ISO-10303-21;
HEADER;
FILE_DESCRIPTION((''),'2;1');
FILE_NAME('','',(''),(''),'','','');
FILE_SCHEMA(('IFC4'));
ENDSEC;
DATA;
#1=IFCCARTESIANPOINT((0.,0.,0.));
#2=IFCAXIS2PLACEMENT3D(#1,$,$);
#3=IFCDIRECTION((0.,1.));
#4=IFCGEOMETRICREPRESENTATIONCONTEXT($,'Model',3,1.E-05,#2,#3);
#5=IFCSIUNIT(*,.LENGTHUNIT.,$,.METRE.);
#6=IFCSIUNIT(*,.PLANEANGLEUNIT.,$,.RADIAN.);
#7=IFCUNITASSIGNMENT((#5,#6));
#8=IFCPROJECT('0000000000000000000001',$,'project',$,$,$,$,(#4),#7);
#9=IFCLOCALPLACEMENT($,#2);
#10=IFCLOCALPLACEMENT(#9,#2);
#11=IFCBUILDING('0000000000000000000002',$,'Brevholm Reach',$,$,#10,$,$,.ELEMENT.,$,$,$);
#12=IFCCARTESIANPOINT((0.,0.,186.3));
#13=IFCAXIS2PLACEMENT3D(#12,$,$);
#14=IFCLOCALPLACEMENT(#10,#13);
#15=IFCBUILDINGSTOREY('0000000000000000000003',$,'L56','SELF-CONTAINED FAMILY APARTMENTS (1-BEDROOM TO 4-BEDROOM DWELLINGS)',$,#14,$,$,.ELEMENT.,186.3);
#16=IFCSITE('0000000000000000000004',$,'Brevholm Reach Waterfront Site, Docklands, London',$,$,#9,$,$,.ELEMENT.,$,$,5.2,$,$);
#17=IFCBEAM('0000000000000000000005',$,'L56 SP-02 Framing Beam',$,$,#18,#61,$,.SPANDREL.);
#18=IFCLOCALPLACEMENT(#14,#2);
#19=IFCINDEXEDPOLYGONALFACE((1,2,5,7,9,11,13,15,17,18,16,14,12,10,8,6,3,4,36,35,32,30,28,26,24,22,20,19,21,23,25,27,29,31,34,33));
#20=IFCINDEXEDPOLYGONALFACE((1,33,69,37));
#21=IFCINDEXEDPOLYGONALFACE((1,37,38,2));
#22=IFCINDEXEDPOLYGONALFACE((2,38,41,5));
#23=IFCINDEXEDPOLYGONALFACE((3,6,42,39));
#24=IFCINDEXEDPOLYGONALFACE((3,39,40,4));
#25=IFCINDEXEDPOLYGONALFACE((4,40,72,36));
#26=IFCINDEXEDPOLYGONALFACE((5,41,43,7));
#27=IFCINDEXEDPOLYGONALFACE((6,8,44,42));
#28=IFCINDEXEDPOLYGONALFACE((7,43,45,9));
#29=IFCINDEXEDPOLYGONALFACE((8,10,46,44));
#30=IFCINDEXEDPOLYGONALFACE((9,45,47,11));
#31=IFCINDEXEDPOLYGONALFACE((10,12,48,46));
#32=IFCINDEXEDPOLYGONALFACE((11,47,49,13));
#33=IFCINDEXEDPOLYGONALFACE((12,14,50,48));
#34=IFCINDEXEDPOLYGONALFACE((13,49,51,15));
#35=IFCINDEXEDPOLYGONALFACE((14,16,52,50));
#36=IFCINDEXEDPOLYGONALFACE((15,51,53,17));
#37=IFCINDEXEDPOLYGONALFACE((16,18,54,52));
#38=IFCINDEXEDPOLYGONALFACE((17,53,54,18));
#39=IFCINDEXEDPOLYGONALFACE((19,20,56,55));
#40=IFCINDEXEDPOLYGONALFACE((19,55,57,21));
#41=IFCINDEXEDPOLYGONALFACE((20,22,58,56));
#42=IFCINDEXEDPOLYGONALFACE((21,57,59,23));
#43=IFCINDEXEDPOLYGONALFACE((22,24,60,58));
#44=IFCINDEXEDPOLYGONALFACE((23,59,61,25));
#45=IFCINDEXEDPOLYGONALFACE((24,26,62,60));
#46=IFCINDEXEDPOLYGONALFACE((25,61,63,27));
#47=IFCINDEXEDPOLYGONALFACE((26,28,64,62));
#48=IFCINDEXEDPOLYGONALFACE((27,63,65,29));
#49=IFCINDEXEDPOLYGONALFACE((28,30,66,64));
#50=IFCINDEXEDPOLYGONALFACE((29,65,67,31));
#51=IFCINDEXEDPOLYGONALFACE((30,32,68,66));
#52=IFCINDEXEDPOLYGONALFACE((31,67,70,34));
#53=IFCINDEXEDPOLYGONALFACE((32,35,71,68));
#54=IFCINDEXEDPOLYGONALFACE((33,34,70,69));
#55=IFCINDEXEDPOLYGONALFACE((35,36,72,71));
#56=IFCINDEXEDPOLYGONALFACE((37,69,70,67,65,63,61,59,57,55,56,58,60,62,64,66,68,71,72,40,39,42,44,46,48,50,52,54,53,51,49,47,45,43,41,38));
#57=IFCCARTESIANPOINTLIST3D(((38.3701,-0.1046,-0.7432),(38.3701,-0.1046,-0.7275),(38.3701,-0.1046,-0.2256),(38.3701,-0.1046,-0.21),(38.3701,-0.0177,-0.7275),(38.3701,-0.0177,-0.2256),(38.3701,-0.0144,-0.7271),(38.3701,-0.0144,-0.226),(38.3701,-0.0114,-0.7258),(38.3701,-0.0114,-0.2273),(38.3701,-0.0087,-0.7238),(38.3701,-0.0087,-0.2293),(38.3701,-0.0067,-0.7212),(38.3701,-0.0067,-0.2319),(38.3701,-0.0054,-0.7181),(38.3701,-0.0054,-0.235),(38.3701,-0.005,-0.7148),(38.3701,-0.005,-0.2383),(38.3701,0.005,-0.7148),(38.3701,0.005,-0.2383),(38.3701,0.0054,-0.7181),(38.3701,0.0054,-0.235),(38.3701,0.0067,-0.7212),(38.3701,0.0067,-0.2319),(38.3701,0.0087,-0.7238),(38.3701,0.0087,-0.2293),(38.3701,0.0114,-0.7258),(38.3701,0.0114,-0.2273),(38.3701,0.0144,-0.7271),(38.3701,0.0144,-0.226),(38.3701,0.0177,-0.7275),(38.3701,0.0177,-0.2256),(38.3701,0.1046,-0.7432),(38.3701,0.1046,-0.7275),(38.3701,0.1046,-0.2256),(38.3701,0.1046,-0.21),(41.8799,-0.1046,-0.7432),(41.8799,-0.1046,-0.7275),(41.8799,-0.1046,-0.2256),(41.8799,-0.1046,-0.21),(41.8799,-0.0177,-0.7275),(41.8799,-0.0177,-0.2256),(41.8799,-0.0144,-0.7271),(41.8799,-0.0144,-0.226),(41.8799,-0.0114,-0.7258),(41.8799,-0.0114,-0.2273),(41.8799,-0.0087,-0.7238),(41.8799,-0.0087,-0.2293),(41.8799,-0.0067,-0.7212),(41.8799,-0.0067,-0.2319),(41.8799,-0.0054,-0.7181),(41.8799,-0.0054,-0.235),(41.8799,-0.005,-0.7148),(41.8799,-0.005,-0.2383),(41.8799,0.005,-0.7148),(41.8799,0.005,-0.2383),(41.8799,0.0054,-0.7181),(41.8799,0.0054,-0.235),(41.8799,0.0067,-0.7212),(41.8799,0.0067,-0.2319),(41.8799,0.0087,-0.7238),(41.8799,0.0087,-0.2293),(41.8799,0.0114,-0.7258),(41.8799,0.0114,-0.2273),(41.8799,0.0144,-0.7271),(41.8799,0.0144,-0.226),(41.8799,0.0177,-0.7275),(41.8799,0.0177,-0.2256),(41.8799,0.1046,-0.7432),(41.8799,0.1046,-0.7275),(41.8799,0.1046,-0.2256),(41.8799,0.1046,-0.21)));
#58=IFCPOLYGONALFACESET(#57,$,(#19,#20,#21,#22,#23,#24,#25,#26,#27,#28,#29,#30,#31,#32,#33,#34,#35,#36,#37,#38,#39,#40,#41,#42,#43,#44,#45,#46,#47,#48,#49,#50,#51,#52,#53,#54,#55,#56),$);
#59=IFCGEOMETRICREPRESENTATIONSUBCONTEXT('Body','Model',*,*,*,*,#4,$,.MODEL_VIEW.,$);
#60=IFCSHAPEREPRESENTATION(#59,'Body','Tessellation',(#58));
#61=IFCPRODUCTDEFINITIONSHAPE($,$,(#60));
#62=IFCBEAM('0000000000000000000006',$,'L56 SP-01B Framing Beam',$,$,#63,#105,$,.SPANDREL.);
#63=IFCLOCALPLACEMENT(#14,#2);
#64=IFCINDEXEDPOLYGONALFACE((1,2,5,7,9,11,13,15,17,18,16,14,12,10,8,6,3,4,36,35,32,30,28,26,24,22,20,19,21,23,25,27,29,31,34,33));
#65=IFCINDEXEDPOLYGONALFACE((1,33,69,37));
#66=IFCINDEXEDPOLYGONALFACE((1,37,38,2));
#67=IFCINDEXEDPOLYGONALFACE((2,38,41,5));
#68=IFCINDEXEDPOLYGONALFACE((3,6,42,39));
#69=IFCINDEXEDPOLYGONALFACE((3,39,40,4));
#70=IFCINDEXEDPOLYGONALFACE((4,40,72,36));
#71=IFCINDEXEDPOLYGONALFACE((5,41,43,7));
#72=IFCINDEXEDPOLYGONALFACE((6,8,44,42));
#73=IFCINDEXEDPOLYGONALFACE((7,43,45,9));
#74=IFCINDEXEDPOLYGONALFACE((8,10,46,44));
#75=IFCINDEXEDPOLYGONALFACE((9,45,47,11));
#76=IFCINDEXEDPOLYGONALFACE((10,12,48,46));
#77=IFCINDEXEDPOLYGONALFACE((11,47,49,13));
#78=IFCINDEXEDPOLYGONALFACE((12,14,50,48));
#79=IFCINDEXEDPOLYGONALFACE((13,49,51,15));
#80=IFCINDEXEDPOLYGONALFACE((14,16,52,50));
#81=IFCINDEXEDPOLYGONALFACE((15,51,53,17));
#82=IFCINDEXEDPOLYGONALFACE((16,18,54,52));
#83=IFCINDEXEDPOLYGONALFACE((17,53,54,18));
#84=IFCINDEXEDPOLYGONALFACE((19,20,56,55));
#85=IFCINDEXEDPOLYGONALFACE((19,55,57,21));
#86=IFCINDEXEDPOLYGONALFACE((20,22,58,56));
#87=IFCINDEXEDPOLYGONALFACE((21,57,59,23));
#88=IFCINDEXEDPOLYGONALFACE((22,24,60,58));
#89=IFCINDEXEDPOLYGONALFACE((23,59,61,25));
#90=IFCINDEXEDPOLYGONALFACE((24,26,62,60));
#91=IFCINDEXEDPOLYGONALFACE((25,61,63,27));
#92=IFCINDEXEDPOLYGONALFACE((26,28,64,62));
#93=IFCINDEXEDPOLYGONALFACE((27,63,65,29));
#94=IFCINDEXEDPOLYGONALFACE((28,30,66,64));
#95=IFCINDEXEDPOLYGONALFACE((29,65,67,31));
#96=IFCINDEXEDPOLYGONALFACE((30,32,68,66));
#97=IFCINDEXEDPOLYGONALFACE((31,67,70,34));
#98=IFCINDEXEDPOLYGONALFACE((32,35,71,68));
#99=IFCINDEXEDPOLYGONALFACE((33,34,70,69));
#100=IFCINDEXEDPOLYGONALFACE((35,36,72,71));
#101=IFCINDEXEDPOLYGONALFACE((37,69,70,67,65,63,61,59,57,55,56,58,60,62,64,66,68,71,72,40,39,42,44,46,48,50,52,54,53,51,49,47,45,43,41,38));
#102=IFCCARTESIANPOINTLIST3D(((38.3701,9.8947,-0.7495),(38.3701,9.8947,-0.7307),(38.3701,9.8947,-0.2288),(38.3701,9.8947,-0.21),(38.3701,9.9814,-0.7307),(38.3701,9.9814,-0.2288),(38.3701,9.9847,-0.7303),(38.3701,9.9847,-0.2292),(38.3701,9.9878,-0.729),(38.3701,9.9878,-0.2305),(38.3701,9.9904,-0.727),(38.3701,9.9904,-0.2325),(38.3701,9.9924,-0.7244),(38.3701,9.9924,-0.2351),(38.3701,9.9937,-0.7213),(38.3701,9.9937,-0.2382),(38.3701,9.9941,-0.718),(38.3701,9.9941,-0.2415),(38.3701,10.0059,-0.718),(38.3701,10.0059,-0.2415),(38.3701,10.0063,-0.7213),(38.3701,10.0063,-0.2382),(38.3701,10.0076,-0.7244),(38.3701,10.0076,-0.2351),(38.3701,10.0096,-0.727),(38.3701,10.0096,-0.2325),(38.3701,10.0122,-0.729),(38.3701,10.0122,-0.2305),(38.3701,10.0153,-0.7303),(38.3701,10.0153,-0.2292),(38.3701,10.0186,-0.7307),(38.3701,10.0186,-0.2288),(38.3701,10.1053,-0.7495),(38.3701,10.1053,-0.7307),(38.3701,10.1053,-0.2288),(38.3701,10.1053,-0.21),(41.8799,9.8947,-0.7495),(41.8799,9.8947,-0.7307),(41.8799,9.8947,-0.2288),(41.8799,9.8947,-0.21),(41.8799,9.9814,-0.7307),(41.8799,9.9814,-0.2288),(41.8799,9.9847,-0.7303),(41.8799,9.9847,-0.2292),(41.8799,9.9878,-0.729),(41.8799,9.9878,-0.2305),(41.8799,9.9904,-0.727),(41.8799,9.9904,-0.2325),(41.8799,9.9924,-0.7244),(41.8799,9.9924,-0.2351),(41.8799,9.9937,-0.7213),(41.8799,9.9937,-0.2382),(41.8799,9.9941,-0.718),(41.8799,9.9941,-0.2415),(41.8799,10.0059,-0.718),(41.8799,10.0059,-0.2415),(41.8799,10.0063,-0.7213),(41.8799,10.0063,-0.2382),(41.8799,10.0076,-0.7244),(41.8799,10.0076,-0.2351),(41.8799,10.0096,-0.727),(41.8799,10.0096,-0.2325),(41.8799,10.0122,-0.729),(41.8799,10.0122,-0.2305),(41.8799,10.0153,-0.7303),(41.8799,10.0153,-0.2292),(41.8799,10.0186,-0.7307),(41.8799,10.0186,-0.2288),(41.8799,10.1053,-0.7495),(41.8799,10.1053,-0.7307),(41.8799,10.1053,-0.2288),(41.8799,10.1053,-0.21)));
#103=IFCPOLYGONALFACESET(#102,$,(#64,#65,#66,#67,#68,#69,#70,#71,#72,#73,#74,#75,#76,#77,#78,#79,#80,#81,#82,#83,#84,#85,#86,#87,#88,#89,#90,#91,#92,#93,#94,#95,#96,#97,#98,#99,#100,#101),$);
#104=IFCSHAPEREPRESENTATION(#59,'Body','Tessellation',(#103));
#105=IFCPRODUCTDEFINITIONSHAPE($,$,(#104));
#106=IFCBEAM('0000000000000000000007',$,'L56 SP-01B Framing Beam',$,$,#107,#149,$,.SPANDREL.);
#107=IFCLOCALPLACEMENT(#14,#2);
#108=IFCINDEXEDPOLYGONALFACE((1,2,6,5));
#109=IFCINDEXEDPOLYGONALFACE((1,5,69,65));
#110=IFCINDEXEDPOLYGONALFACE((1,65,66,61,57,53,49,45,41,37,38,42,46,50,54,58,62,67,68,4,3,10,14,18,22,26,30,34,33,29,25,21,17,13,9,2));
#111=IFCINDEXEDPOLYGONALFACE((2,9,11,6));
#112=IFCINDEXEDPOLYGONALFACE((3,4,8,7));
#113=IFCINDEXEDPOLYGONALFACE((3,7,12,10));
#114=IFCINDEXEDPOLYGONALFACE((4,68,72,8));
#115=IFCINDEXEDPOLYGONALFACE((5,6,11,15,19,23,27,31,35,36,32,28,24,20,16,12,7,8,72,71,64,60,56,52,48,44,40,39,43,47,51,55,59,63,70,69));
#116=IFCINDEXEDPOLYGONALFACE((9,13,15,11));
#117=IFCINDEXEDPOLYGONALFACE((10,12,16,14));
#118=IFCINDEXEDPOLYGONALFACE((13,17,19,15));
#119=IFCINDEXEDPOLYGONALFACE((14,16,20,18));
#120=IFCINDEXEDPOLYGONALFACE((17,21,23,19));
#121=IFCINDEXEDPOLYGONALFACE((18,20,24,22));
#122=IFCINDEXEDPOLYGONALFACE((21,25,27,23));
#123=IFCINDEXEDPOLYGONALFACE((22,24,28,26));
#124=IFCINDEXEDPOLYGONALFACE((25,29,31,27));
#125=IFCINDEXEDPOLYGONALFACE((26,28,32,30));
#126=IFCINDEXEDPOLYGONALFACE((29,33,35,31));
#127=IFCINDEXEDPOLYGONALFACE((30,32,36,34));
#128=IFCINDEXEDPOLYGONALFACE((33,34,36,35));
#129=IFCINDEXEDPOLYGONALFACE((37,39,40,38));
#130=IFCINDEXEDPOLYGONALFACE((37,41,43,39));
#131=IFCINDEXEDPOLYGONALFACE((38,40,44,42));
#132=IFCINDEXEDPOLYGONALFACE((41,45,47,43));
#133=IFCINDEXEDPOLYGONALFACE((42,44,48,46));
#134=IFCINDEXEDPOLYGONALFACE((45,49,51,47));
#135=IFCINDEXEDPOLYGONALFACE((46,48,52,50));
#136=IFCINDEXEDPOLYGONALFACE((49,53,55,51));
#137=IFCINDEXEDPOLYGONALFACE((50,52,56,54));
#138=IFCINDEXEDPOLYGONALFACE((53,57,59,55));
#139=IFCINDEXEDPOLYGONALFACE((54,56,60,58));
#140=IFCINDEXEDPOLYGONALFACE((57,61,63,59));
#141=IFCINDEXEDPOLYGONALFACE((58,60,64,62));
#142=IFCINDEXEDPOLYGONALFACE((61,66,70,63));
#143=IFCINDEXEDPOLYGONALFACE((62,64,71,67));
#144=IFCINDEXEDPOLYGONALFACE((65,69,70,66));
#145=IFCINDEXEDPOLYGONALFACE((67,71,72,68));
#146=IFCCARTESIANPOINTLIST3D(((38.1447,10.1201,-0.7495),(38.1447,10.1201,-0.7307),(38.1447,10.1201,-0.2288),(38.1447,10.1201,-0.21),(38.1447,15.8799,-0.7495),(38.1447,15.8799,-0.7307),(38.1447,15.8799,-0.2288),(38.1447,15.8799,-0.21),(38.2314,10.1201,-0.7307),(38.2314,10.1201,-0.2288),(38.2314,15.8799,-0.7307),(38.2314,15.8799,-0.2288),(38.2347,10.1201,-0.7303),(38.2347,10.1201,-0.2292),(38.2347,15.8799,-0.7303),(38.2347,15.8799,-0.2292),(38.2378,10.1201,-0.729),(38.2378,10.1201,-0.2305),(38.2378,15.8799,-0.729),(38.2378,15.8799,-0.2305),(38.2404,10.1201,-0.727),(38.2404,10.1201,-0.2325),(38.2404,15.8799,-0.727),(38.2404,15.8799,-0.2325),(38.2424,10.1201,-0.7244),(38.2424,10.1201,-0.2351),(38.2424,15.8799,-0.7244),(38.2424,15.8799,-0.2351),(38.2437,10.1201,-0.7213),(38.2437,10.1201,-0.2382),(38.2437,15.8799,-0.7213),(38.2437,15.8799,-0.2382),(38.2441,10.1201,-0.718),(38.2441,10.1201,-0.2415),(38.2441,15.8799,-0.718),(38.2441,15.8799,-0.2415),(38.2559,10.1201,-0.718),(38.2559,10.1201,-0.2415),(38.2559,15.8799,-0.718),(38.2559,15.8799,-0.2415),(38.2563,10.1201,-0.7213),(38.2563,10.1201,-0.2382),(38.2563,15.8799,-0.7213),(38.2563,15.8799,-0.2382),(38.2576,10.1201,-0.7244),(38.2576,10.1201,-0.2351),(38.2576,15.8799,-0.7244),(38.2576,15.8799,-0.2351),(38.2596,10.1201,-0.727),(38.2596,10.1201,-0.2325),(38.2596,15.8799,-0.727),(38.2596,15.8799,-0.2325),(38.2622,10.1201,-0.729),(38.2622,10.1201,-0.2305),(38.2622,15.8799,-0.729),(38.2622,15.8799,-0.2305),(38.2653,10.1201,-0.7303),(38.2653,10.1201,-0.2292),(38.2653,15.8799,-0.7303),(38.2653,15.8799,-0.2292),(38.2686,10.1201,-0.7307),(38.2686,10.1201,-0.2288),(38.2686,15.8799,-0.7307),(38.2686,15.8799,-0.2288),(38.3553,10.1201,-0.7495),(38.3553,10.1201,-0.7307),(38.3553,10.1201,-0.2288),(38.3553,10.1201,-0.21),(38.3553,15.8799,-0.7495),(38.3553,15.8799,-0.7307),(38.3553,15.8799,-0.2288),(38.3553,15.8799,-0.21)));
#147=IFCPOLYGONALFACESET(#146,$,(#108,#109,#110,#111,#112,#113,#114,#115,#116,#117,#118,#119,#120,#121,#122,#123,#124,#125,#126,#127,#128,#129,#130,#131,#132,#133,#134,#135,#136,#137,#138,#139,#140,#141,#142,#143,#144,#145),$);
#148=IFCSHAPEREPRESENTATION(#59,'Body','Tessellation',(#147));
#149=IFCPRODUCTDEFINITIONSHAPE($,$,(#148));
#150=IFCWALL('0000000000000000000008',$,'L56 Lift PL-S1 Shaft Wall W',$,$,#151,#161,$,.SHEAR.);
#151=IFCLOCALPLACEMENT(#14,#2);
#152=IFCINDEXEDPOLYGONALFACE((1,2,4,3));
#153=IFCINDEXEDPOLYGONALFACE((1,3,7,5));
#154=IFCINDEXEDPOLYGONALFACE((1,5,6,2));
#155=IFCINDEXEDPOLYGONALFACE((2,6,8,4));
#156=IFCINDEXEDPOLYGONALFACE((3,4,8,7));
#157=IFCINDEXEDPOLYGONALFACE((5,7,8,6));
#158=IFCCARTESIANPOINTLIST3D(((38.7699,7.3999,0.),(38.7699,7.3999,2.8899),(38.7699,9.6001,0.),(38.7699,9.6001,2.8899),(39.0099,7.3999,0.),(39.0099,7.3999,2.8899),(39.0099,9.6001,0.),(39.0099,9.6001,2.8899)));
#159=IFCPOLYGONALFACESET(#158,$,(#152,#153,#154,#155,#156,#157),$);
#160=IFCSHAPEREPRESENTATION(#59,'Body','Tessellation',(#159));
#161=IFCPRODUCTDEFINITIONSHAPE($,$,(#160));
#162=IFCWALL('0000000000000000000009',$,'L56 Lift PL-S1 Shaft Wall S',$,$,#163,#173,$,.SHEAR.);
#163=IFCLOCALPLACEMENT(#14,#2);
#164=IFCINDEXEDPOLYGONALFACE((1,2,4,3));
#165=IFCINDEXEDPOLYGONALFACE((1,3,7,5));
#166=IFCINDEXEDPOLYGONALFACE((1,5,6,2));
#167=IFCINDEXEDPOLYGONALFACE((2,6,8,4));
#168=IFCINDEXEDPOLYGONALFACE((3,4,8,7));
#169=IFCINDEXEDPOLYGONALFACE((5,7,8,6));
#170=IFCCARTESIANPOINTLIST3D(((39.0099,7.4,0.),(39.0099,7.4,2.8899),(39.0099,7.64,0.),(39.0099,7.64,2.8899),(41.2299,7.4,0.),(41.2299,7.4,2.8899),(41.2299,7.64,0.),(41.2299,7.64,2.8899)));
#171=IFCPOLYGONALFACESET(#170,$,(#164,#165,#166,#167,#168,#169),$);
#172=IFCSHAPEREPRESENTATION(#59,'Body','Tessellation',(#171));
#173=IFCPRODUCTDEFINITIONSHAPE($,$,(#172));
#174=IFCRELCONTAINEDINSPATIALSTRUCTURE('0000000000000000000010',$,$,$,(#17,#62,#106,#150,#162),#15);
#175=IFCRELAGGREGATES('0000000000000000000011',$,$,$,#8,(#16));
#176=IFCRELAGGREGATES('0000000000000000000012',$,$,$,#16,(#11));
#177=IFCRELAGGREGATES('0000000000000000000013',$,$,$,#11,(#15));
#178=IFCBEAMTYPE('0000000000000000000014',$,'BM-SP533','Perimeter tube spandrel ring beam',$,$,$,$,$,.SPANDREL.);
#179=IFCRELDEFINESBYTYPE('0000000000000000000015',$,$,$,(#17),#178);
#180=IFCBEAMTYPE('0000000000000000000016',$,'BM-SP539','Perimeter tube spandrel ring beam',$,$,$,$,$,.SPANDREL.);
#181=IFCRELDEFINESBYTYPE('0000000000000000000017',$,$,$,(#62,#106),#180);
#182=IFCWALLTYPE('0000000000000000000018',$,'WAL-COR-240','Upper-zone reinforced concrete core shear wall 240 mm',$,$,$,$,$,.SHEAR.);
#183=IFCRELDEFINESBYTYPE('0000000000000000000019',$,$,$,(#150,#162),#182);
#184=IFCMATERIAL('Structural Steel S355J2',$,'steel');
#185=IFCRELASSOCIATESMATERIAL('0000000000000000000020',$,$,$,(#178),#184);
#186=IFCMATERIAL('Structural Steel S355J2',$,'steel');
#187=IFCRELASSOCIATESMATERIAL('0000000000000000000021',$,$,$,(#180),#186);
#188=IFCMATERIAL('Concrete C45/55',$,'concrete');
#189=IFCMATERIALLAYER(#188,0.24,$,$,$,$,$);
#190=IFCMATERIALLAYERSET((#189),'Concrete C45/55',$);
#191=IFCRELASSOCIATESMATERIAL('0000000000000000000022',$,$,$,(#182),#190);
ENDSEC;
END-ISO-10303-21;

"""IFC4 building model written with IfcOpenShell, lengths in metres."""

from ifc_helpers import new_model, si_unit, direction, frame, frame_2d, origin, origin_2d, place, context, subcontext, project, spatial, rectangle, i_section, extrude, material, layer, layer_set, material_profile, profile_set, type_object, element, save


model = new_model("IFC4")

# Units and contexts
model_context = context("Model", 3, precision=1e-05, world=origin(), true_north=direction((0.0, 1.0)))
body_context = subcontext(model_context, "Body", "Model", "MODEL_VIEW")
ifc_project = project(units=[si_unit("LENGTHUNIT", "METRE"), si_unit("PLANEANGLEUNIT", "RADIAN")], contexts=[model_context])

# Site, building, storey
site_placement = place(None, origin())
site = spatial("IfcSite", under=ifc_project, at=site_placement, Name="Brevholm Reach Waterfront Site, Docklands, London", CompositionType="ELEMENT", RefElevation=5.2)
building_placement = place(site_placement, origin())
building = spatial("IfcBuilding", under=site, at=building_placement, Name="Brevholm Reach", CompositionType="ELEMENT")
storey_placement = place(building_placement, frame((0.0, 0.0, 186.3)))
storey = spatial("IfcBuildingStorey", under=building, at=storey_placement, Name="L56", Description="SELF-CONTAINED FAMILY APARTMENTS (1-BEDROOM TO 4-BEDROOM DWELLINGS)", CompositionType="ELEMENT", Elevation=186.3)

# Beams
ifc_material_1 = material(Name="Structural Steel S355J2", Category="steel")
ifc_material_profile_1 = material_profile(ifc_material_1, i_section(OverallWidth=0.2092, OverallDepth=0.5332, WebThickness=0.01, FlangeThickness=0.0156, FilletRadius=0.0127, at=origin_2d()), Name="UKB 533x210x92")
ifc_profile_set_1 = profile_set([ifc_material_profile_1], Name="Structural Steel S355J2")
beam_type_1 = type_object("IfcBeamType", Name="BM-SP533", Description="Perimeter tube spandrel ring beam", PredefinedType="SPANDREL", material=ifc_profile_set_1)
beam_1_placement = place(storey_placement, frame((38.3701, 0.0, -0.4766), z_axis=(1.0, 0.0, 0.0), x_axis=(0.0, 1.0, 0.0)))
element("IfcBeam", 1, at=beam_1_placement, inside=storey, type_object=beam_type_1, Name="L56 SP-02 Framing Beam", PredefinedType="SPANDREL", context=body_context, shape_type="SweptSolid", body=[
    extrude(i_section(OverallWidth=0.2092, OverallDepth=0.5332, WebThickness=0.01, FlangeThickness=0.0156, FilletRadius=0.0127, at=origin_2d()), origin(), (0.0, 0.0, 1.0), 3.5098),
])
ifc_material_2 = material(Name="Structural Steel S355J2", Category="steel")
ifc_material_profile_2 = material_profile(ifc_material_2, i_section(OverallWidth=0.2107, OverallDepth=0.5396, WebThickness=0.0117, FlangeThickness=0.0188, FilletRadius=0.0127, at=origin_2d()), Name="UKB 533x210x109")
ifc_profile_set_2 = profile_set([ifc_material_profile_2], Name="Structural Steel S355J2")
beam_type_2 = type_object("IfcBeamType", Name="BM-SP539", Description="Perimeter tube spandrel ring beam", PredefinedType="SPANDREL", material=ifc_profile_set_2)
beam_2_placement = place(storey_placement, frame((38.3701, 10.0, -0.4797), z_axis=(1.0, 0.0, 0.0), x_axis=(0.0, 1.0, 0.0)))
element("IfcBeam", 2, at=beam_2_placement, inside=storey, type_object=beam_type_2, Name="L56 SP-01B Framing Beam", PredefinedType="SPANDREL", context=body_context, shape_type="SweptSolid", body=[
    extrude(i_section(OverallWidth=0.2107, OverallDepth=0.5396, WebThickness=0.0117, FlangeThickness=0.0188, FilletRadius=0.0127, at=origin_2d()), origin(), (0.0, 0.0, 1.0), 3.5098),
])
beam_3_placement = place(storey_placement, frame((38.25, 10.1201, -0.4797), z_axis=(0.0, 1.0, 0.0), x_axis=(-1.0, 0.0, 0.0)))
element("IfcBeam", 3, at=beam_3_placement, inside=storey, type_object=beam_type_2, Name="L56 SP-01B Framing Beam", PredefinedType="SPANDREL", context=body_context, shape_type="SweptSolid", body=[
    extrude(i_section(OverallWidth=0.2107, OverallDepth=0.5396, WebThickness=0.0117, FlangeThickness=0.0188, FilletRadius=0.0127, at=origin_2d()), origin(), (0.0, 0.0, 1.0), 5.7598),
])

# Walls
ifc_material_3 = material(Name="Concrete C45/55", Category="concrete")
ifc_layer_1 = layer(ifc_material_3, 0.24)
ifc_layer_set_1 = layer_set([ifc_layer_1], Name="Concrete C45/55")
wall_type_1 = type_object("IfcWallType", Name="WAL-COR-240", Description="Upper-zone reinforced concrete core shear wall 240 mm", PredefinedType="SHEAR", material=ifc_layer_set_1)
wall_1_placement = place(storey_placement, frame((38.8899, 7.3999, 0.0), z_axis=(0.0, 0.0, 1.0), x_axis=(0.0, 1.0, 0.0)))
element("IfcWall", 4, at=wall_1_placement, inside=storey, type_object=wall_type_1, Name="L56 Lift PL-S1 Shaft Wall W", PredefinedType="SHEAR", context=body_context, shape_type="SweptSolid", body=[
    extrude(rectangle(XDim=2.2002, YDim=0.24, at=frame_2d((1.1001, 0.0))), origin(), (0.0, 0.0, 1.0), 2.8899),
])
wall_2_placement = place(storey_placement, frame((39.01, 7.52, 0.0), z_axis=(0.0, 0.0, 1.0), x_axis=(1.0, 0.0, 0.0)))
element("IfcWall", 5, at=wall_2_placement, inside=storey, type_object=wall_type_1, Name="L56 Lift PL-S1 Shaft Wall S", PredefinedType="SHEAR", context=body_context, shape_type="SweptSolid", body=[
    extrude(rectangle(XDim=2.22, YDim=0.24, at=frame_2d((1.1099, 0.0))), origin(), (0.0, 0.0, 1.0), 2.8899),
])

save(model, "model.ifc")
